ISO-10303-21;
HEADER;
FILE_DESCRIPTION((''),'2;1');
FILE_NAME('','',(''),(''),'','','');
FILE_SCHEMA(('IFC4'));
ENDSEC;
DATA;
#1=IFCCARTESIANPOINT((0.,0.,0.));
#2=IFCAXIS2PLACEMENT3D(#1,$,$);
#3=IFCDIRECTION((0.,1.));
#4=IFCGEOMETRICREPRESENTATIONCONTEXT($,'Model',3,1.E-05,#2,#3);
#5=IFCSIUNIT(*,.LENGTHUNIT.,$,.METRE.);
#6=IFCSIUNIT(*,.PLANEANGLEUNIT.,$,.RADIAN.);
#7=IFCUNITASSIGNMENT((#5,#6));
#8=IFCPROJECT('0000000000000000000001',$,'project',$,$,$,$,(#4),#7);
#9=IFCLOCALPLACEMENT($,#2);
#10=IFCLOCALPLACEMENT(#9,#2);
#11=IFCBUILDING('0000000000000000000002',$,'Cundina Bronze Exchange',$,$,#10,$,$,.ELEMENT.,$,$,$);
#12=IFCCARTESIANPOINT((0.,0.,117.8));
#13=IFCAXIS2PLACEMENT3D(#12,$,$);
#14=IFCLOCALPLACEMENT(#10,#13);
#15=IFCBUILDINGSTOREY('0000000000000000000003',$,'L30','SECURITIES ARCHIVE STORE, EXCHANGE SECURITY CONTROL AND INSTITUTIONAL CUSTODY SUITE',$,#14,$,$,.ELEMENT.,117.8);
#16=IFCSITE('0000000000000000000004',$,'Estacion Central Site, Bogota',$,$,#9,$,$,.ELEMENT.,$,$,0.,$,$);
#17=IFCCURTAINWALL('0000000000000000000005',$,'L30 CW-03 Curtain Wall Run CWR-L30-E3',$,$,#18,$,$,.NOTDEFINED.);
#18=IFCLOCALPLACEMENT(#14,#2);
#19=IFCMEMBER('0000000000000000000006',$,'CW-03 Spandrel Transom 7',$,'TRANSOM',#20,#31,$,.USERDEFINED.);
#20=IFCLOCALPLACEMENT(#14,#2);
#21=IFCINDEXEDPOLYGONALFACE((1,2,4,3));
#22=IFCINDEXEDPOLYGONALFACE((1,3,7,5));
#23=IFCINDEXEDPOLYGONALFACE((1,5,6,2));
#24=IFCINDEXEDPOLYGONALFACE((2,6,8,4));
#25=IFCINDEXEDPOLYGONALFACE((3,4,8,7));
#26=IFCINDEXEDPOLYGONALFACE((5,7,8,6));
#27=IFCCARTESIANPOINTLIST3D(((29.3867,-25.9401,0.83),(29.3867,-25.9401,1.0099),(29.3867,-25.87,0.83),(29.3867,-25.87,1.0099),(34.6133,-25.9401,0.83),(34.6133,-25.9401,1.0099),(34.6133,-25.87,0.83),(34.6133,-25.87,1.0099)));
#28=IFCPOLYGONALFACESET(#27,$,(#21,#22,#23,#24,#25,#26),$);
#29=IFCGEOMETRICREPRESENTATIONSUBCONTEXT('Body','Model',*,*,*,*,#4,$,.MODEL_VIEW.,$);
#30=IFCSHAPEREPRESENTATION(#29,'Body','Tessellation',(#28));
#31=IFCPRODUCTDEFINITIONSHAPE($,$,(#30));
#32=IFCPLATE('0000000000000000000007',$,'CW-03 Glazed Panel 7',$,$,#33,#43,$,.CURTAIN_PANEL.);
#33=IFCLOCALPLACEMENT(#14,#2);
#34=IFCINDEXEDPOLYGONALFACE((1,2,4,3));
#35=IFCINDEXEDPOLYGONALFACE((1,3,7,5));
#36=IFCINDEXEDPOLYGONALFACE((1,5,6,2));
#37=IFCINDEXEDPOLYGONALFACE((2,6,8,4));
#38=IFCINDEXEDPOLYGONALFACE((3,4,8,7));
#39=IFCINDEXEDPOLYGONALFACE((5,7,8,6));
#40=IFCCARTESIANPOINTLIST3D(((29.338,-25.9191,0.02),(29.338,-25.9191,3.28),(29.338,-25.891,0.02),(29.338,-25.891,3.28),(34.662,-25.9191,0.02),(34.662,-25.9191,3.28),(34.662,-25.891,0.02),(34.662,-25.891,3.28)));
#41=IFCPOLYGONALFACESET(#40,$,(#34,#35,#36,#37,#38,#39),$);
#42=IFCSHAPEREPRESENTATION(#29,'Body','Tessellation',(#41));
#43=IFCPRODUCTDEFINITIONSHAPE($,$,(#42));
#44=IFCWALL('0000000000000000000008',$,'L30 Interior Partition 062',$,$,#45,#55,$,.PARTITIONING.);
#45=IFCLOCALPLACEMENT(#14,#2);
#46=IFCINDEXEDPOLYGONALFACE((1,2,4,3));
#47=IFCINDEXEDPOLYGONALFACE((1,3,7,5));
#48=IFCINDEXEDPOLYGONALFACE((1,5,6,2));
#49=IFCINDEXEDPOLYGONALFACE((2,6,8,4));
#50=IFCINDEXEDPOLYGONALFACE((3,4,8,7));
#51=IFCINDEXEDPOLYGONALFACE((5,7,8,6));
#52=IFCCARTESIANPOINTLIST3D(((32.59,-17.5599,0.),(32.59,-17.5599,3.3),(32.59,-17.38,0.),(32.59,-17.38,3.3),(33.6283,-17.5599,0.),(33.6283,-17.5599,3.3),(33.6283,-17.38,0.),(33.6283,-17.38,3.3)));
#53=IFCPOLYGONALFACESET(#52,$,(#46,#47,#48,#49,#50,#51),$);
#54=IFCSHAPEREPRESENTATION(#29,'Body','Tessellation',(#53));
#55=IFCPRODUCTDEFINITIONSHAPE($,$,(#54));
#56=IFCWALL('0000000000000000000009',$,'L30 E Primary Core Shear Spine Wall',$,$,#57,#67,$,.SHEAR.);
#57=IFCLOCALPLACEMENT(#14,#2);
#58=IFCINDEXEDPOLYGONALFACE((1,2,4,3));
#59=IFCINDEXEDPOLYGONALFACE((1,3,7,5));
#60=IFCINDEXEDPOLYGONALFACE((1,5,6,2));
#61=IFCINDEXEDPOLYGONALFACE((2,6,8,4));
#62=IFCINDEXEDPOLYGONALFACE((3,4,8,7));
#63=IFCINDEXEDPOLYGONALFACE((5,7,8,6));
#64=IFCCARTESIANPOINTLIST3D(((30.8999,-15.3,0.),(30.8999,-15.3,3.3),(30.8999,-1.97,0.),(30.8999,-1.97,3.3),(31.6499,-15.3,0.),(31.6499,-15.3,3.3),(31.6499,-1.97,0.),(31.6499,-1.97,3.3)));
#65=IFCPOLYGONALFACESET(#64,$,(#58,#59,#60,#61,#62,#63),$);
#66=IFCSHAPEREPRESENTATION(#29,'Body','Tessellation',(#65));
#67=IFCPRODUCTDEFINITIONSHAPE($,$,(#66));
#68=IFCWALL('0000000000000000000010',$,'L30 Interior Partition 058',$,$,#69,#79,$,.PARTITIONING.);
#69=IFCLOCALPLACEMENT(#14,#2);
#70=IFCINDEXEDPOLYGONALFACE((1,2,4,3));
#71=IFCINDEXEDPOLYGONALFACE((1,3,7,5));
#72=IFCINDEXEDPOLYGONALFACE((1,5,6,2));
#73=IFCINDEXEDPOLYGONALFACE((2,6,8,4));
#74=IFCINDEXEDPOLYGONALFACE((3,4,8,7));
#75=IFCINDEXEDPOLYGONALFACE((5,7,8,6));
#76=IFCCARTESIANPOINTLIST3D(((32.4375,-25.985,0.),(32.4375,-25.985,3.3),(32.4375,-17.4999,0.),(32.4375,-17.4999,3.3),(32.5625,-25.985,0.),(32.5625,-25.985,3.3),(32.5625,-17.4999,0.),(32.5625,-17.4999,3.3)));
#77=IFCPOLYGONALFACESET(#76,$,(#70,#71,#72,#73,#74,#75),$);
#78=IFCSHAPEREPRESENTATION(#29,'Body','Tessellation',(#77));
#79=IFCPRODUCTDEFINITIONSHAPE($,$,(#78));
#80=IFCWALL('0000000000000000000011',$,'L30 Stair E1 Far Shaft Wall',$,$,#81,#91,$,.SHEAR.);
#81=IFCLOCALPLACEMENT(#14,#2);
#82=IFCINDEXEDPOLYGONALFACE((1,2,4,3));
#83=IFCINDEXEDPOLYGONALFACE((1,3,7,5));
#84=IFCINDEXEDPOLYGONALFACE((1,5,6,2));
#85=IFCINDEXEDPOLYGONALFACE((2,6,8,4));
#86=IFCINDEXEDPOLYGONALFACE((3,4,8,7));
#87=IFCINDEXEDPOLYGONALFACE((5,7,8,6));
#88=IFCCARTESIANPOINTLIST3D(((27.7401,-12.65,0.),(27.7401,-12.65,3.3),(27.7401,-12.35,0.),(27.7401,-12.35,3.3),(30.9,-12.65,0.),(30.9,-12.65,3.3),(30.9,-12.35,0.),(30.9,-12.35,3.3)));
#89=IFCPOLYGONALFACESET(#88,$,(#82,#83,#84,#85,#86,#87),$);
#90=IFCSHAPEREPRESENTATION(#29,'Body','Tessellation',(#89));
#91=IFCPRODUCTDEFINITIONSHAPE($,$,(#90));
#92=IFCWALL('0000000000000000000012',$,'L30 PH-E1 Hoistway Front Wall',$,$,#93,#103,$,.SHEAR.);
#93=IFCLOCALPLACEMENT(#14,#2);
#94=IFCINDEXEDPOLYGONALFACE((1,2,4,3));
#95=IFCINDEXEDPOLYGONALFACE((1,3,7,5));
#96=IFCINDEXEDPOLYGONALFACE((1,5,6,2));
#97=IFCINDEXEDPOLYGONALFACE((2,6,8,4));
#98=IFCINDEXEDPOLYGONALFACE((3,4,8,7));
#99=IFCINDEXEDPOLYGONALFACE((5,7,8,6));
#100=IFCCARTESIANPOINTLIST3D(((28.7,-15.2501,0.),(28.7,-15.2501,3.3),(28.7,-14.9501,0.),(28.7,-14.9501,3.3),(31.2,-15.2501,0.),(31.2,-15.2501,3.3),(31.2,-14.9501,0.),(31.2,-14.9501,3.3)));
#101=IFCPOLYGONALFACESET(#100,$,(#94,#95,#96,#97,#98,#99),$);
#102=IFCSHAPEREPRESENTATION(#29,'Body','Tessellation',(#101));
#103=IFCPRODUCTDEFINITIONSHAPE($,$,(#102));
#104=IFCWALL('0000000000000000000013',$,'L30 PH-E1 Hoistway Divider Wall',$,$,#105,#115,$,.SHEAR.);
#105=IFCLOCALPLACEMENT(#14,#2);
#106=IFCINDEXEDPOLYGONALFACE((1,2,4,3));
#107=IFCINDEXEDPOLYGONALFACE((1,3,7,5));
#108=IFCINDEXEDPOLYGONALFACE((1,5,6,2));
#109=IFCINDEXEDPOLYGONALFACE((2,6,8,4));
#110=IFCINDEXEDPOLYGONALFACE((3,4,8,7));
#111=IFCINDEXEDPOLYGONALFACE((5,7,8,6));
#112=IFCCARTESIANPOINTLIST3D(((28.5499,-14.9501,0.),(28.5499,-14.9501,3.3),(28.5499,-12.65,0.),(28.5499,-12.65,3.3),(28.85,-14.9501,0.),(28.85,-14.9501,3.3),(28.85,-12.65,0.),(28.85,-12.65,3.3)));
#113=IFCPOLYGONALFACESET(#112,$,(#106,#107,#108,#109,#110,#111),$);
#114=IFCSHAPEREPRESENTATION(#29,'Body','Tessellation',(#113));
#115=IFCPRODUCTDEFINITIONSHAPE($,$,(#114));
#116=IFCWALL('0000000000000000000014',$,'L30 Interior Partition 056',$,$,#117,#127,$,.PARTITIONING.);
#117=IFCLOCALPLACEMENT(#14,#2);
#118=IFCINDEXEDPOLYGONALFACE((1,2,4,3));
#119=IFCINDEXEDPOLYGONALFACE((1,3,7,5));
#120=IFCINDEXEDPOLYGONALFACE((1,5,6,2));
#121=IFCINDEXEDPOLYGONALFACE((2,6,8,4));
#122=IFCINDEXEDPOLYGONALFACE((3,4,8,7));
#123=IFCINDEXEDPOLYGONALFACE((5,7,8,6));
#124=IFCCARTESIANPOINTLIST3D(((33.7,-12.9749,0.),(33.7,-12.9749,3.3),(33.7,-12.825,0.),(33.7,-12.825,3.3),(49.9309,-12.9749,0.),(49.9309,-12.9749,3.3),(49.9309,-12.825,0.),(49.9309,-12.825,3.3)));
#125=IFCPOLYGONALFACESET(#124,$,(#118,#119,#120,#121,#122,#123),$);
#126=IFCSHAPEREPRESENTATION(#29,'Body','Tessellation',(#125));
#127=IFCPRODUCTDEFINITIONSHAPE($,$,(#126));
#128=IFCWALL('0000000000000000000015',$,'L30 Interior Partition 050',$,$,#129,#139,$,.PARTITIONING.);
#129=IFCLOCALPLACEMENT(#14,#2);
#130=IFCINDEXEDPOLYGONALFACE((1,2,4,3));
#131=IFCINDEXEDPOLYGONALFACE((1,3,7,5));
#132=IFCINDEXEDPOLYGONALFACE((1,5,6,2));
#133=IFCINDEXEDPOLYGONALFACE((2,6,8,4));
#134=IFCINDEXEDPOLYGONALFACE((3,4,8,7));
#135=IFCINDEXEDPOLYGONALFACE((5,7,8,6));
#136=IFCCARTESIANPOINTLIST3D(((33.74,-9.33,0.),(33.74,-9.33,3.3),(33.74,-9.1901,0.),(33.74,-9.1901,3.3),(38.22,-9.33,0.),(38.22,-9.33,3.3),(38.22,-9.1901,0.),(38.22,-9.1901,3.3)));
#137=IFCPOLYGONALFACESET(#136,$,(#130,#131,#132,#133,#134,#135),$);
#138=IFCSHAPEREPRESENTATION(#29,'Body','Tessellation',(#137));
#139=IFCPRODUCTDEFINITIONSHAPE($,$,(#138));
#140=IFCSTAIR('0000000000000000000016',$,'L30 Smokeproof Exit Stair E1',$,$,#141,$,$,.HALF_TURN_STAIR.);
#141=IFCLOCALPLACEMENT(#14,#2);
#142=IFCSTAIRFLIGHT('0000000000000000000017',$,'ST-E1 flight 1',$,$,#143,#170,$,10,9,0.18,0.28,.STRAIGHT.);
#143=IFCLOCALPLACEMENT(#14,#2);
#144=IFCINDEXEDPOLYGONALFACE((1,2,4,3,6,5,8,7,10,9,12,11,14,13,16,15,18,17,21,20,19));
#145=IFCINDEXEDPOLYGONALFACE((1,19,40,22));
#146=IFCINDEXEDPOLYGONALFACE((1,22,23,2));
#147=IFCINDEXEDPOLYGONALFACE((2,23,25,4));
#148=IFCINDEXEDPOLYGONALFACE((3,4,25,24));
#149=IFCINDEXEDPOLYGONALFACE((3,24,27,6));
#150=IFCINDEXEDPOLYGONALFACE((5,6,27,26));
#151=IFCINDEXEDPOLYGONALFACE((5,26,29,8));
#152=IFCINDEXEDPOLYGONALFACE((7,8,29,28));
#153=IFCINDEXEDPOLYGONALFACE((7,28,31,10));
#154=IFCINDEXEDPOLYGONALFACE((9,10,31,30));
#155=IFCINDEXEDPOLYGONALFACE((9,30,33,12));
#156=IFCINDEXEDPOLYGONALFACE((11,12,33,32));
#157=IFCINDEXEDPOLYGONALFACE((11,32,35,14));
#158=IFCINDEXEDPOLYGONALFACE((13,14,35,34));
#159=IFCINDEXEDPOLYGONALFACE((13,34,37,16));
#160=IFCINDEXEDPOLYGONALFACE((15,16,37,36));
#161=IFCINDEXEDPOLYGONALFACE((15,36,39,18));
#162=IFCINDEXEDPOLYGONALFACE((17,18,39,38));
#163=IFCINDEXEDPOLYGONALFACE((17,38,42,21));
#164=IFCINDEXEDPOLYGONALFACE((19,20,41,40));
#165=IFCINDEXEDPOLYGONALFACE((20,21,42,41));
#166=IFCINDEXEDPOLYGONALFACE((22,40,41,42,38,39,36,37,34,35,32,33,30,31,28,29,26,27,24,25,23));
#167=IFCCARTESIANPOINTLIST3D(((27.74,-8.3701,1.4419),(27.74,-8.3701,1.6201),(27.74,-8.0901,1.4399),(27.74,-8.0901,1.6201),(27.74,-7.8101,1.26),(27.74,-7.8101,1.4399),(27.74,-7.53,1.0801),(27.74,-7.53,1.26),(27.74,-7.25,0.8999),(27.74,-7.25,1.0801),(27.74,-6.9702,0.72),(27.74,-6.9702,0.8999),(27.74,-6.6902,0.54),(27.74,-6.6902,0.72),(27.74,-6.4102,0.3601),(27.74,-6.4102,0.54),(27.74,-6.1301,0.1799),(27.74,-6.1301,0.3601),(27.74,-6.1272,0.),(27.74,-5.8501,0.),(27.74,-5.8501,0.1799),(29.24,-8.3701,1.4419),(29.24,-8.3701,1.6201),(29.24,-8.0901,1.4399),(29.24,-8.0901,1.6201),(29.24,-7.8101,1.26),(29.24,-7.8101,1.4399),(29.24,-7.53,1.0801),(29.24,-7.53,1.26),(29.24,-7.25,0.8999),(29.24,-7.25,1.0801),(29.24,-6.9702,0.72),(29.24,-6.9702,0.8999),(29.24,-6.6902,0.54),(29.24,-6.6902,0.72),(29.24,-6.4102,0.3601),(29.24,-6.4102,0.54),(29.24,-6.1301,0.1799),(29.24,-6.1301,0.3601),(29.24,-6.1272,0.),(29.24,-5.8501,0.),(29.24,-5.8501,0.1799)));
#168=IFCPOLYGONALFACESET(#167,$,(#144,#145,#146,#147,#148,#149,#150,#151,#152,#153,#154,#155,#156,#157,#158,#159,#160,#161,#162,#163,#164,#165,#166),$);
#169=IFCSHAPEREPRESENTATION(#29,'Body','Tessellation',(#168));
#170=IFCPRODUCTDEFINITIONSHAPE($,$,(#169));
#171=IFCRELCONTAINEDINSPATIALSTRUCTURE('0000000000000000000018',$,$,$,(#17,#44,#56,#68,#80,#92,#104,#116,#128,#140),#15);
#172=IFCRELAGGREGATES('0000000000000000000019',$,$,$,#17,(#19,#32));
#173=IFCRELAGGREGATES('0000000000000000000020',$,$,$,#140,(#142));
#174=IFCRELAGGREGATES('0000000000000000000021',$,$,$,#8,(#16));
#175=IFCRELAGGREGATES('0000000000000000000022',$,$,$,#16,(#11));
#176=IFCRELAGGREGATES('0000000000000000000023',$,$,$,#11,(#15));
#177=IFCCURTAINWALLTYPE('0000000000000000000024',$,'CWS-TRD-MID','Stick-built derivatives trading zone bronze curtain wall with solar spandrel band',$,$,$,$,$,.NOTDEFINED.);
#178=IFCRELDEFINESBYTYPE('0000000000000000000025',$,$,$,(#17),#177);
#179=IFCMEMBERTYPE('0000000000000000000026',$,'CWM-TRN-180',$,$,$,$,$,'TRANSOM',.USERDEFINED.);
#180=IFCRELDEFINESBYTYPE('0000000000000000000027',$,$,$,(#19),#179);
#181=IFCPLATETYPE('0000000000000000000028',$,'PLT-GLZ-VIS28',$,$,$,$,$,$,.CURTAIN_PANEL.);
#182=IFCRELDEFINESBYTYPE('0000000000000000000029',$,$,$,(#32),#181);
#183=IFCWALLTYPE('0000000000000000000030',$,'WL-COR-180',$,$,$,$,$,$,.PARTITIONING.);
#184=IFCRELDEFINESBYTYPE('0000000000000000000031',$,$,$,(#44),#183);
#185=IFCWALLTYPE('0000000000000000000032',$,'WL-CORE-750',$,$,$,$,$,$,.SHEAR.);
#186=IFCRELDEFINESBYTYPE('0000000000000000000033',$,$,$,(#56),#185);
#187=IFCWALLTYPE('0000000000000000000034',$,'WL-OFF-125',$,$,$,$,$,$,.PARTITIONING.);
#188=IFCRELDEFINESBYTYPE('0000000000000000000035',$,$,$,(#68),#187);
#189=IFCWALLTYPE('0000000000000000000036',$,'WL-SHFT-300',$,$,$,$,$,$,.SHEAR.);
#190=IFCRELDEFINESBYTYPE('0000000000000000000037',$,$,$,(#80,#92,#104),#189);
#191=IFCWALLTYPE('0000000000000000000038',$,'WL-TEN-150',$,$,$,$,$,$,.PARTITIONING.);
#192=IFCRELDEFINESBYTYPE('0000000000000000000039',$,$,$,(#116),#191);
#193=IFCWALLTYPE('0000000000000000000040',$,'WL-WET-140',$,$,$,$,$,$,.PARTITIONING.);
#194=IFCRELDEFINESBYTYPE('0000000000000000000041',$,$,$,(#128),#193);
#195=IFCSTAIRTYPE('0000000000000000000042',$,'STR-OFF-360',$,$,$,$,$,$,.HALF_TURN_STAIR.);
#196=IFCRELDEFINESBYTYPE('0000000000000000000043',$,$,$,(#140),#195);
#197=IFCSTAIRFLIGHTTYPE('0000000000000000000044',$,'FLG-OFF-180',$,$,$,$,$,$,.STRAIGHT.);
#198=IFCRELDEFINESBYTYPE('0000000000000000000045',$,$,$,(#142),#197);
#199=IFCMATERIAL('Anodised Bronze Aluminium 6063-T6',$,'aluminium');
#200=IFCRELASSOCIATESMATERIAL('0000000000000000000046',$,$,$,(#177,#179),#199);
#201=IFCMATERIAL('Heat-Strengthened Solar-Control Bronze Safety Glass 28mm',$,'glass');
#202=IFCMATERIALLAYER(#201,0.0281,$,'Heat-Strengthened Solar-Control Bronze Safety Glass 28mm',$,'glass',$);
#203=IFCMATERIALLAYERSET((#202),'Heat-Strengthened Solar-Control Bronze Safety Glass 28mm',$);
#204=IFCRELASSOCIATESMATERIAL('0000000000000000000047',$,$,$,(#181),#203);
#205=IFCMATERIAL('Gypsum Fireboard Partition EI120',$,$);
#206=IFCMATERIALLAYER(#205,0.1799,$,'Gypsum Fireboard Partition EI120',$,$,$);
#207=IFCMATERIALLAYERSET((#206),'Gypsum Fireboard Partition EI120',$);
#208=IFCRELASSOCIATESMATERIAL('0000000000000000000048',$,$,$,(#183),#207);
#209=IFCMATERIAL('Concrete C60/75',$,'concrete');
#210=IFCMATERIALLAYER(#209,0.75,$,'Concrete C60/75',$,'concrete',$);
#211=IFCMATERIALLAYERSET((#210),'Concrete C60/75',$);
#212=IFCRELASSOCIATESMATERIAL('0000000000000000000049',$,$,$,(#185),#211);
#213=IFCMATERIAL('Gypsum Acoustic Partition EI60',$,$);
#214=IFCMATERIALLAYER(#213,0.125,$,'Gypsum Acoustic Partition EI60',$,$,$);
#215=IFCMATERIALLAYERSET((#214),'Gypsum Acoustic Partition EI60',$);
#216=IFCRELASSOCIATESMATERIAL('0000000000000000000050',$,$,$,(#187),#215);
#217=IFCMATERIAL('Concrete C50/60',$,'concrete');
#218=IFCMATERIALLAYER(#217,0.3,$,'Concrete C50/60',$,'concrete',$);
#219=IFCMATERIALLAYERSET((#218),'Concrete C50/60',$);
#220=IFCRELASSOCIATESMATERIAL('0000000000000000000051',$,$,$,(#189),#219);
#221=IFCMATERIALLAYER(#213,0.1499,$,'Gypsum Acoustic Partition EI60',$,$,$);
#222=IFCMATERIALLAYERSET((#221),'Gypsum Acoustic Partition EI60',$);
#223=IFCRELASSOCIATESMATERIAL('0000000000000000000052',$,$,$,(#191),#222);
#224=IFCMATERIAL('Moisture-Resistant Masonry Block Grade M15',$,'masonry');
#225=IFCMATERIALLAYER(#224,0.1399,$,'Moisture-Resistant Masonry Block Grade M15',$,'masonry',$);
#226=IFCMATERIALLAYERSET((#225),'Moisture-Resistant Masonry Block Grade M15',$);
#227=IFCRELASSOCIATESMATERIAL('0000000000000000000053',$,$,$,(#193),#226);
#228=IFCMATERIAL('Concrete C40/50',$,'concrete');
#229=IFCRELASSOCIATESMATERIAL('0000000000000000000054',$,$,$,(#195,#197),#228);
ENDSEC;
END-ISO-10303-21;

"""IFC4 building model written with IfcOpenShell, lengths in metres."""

from ifc_helpers import new_model, si_unit, direction, frame, frame_2d, origin, origin_2d, place, context, subcontext, project, spatial, polyline, rectangle, outline, extrude, material, layer, layer_set, material_profile, profile_set, type_object, element, aggregate, save


model = new_model("IFC4")

# Units and contexts
model_context = context("Model", 3, precision=1e-05, world=origin(), true_north=direction((0.0, 1.0)))
body_context = subcontext(model_context, "Body", "Model", "MODEL_VIEW")
ifc_project = project(units=[si_unit("LENGTHUNIT", "METRE"), si_unit("PLANEANGLEUNIT", "RADIAN")], contexts=[model_context])

# Site, building, storey
site_placement = place(None, origin())
site = spatial("IfcSite", under=ifc_project, at=site_placement, Name="Estacion Central Site, Bogota", CompositionType="ELEMENT", RefElevation=0.0)
building_placement = place(site_placement, origin())
building = spatial("IfcBuilding", under=site, at=building_placement, Name="Cundina Bronze Exchange", CompositionType="ELEMENT")
storey_placement = place(building_placement, frame((0.0, 0.0, 117.8)))
storey = spatial("IfcBuildingStorey", under=building, at=storey_placement, Name="L30", Description="SECURITIES ARCHIVE STORE, EXCHANGE SECURITY CONTROL AND INSTITUTIONAL CUSTODY SUITE", CompositionType="ELEMENT", Elevation=117.8)

# Shared definitions
ifc_material_1 = material(Name="Concrete C60/75", Category="concrete")

# Curtain wall
ifc_material_2 = material(Name="Anodised Bronze Aluminium 6063-T6", Category="aluminium")
curtain_wall_type = type_object("IfcCurtainWallType", Name="CWS-TRD-MID", Description="Stick-built derivatives trading zone bronze curtain wall with solar spandrel band", PredefinedType="NOTDEFINED", material=ifc_material_2)
curtain_wall_1_placement = place(storey_placement, origin())
curtain_wall_1 = element("IfcCurtainWall", 1, at=curtain_wall_1_placement, inside=storey, type_object=curtain_wall_type, Name="L30 CW-03 Curtain Wall Run CWR-L30-E3", PredefinedType="NOTDEFINED")

# Member
ifc_material_profile_1 = material_profile(ifc_material_2, rectangle(XDim=0.0701, YDim=0.1799, at=origin_2d()), Name="AL70X180", Category="aluminium")
ifc_profile_set_1 = profile_set([ifc_material_profile_1], Name="Anodised Bronze Aluminium 6063-T6")
member_type_1 = type_object("IfcMemberType", Name="CWM-TRN-180", ElementType="TRANSOM", PredefinedType="USERDEFINED", material=ifc_profile_set_1)
member_1_placement = place(storey_placement, frame((29.3867, -25.905, 0.9199), z_axis=(1.0, 0.0, 0.0), x_axis=(0.0, 1.0, 0.0)))
member_1 = element("IfcMember", 2, at=member_1_placement, type_object=member_type_1, Name="CW-03 Spandrel Transom 7", ObjectType="TRANSOM", PredefinedType="USERDEFINED", context=body_context, shape_type="SweptSolid", body=[
    extrude(rectangle(XDim=0.0701, YDim=0.1799, at=origin_2d()), origin(), (0.0, 0.0, 1.0), 5.2266),
])

# Plate
ifc_material_3 = material(Name="Heat-Strengthened Solar-Control Bronze Safety Glass 28mm", Category="glass")
ifc_layer_1 = layer(ifc_material_3, 0.0281, Name="Heat-Strengthened Solar-Control Bronze Safety Glass 28mm", Category="glass")
ifc_layer_set_1 = layer_set([ifc_layer_1], Name="Heat-Strengthened Solar-Control Bronze Safety Glass 28mm")
plate_type = type_object("IfcPlateType", Name="PLT-GLZ-VIS28", PredefinedType="CURTAIN_PANEL", material=ifc_layer_set_1)
plate_placement = place(storey_placement, frame((32.0, -25.905, 0.02), z_axis=(0.0, 0.0, 1.0), x_axis=(1.0, 0.0, 0.0)))
plate = element("IfcPlate", 3, at=plate_placement, type_object=plate_type, Name="CW-03 Glazed Panel 7", PredefinedType="CURTAIN_PANEL", context=body_context, shape_type="SweptSolid", body=[
    extrude(rectangle(XDim=5.324, YDim=0.0281, at=origin_2d()), origin(), (0.0, 0.0, 1.0), 3.26),
])
aggregate(curtain_wall_1, [member_1, plate])

# Shared definitions
ifc_material_4 = material(Name="Gypsum Fireboard Partition EI120")
ifc_layer_2 = layer(ifc_material_4, 0.1799, Name="Gypsum Fireboard Partition EI120")
ifc_layer_set_2 = layer_set([ifc_layer_2], Name="Gypsum Fireboard Partition EI120")
wall_type_1 = type_object("IfcWallType", Name="WL-COR-180", PredefinedType="PARTITIONING", material=ifc_layer_set_2)

# Wall
wall_1_placement = place(storey_placement, frame((32.5901, -17.47, 0.0), z_axis=(0.0, 0.0, 1.0), x_axis=(1.0, 0.0, 0.0)))
element("IfcWall", 4, at=wall_1_placement, inside=storey, type_object=wall_type_1, Name="L30 Interior Partition 062", PredefinedType="PARTITIONING", context=body_context, shape_type="SweptSolid", body=[
    extrude(rectangle(XDim=1.0383, YDim=0.1799, at=frame_2d((0.519, 0.0))), origin(), (0.0, 0.0, 1.0), 3.3),
])

# Walls
ifc_layer_3 = layer(ifc_material_1, 0.75, Name="Concrete C60/75", Category="concrete")
ifc_layer_set_3 = layer_set([ifc_layer_3], Name="Concrete C60/75")
wall_type_2 = type_object("IfcWallType", Name="WL-CORE-750", PredefinedType="SHEAR", material=ifc_layer_set_3)
wall_2_placement = place(storey_placement, frame((31.2749, -15.3, 0.0), z_axis=(0.0, 0.0, 1.0), x_axis=(0.0, 1.0, 0.0)))
element("IfcWall", 5, at=wall_2_placement, inside=storey, type_object=wall_type_2, Name="L30 E Primary Core Shear Spine Wall", PredefinedType="SHEAR", context=body_context, shape_type="SweptSolid", body=[
    extrude(rectangle(XDim=13.3301, YDim=0.75, at=frame_2d((6.665, 0.0))), origin(), (0.0, 0.0, 1.0), 3.3),
])
ifc_material_5 = material(Name="Gypsum Acoustic Partition EI60")
ifc_layer_4 = layer(ifc_material_5, 0.125, Name="Gypsum Acoustic Partition EI60")
ifc_layer_set_4 = layer_set([ifc_layer_4], Name="Gypsum Acoustic Partition EI60")
wall_type_3 = type_object("IfcWallType", Name="WL-OFF-125", PredefinedType="PARTITIONING", material=ifc_layer_set_4)
wall_3_placement = place(storey_placement, frame((32.5, -25.9851, 0.0), z_axis=(0.0, 0.0, 1.0), x_axis=(0.0, 1.0, 0.0)))
element("IfcWall", 6, at=wall_3_placement, inside=storey, type_object=wall_type_3, Name="L30 Interior Partition 058", PredefinedType="PARTITIONING", context=body_context, shape_type="SweptSolid", body=[
    extrude(rectangle(XDim=8.4851, YDim=0.125, at=frame_2d((4.2427, 0.0))), origin(), (0.0, 0.0, 1.0), 3.3),
])
ifc_material_6 = material(Name="Concrete C50/60", Category="concrete")
ifc_layer_5 = layer(ifc_material_6, 0.3, Name="Concrete C50/60", Category="concrete")
ifc_layer_set_5 = layer_set([ifc_layer_5], Name="Concrete C50/60")
wall_type_4 = type_object("IfcWallType", Name="WL-SHFT-300", PredefinedType="SHEAR", material=ifc_layer_set_5)
wall_4_placement = place(storey_placement, frame((27.74, -12.5, 0.0), z_axis=(0.0, 0.0, 1.0), x_axis=(1.0, 0.0, 0.0)))
element("IfcWall", 7, at=wall_4_placement, inside=storey, type_object=wall_type_4, Name="L30 Stair E1 Far Shaft Wall", PredefinedType="SHEAR", context=body_context, shape_type="SweptSolid", body=[
    extrude(rectangle(XDim=3.1599, YDim=0.3, at=frame_2d((1.5801, 0.0))), origin(), (0.0, 0.0, 1.0), 3.3),
])
wall_5_placement = place(storey_placement, frame((28.7, -15.1001, 0.0), z_axis=(0.0, 0.0, 1.0), x_axis=(1.0, 0.0, 0.0)))
element("IfcWall", 8, at=wall_5_placement, inside=storey, type_object=wall_type_4, Name="L30 PH-E1 Hoistway Front Wall", PredefinedType="SHEAR", context=body_context, shape_type="SweptSolid", body=[
    extrude(rectangle(XDim=2.5, YDim=0.3, at=frame_2d((1.25, 0.0))), origin(), (0.0, 0.0, 1.0), 3.3),
])
wall_6_placement = place(storey_placement, frame((28.7, -14.95, 0.0), z_axis=(0.0, 0.0, 1.0), x_axis=(0.0, 1.0, 0.0)))
element("IfcWall", 9, at=wall_6_placement, inside=storey, type_object=wall_type_4, Name="L30 PH-E1 Hoistway Divider Wall", PredefinedType="SHEAR", context=body_context, shape_type="SweptSolid", body=[
    extrude(rectangle(XDim=2.3, YDim=0.3, at=frame_2d((1.1499, 0.0))), origin(), (0.0, 0.0, 1.0), 3.3),
])
ifc_layer_6 = layer(ifc_material_5, 0.1499, Name="Gypsum Acoustic Partition EI60")
ifc_layer_set_6 = layer_set([ifc_layer_6], Name="Gypsum Acoustic Partition EI60")
wall_type_5 = type_object("IfcWallType", Name="WL-TEN-150", PredefinedType="PARTITIONING", material=ifc_layer_set_6)
wall_7_placement = place(storey_placement, frame((33.7, -12.8999, 0.0), z_axis=(0.0, 0.0, 1.0), x_axis=(1.0, 0.0, 0.0)))
element("IfcWall", 10, at=wall_7_placement, inside=storey, type_object=wall_type_5, Name="L30 Interior Partition 056", PredefinedType="PARTITIONING", context=body_context, shape_type="SweptSolid", body=[
    extrude(rectangle(XDim=16.231, YDim=0.1499, at=frame_2d((8.1155, 0.0))), origin(), (0.0, 0.0, 1.0), 3.3),
])
ifc_material_7 = material(Name="Moisture-Resistant Masonry Block Grade M15", Category="masonry")
ifc_layer_7 = layer(ifc_material_7, 0.1399, Name="Moisture-Resistant Masonry Block Grade M15", Category="masonry")
ifc_layer_set_7 = layer_set([ifc_layer_7], Name="Moisture-Resistant Masonry Block Grade M15")
wall_type_6 = type_object("IfcWallType", Name="WL-WET-140", PredefinedType="PARTITIONING", material=ifc_layer_set_7)
wall_8_placement = place(storey_placement, frame((33.74, -9.26, 0.0), z_axis=(0.0, 0.0, 1.0), x_axis=(1.0, 0.0, 0.0)))
element("IfcWall", 11, at=wall_8_placement, inside=storey, type_object=wall_type_6, Name="L30 Interior Partition 050", PredefinedType="PARTITIONING", context=body_context, shape_type="SweptSolid", body=[
    extrude(rectangle(XDim=4.48, YDim=0.1399, at=frame_2d((2.24, 0.0))), origin(), (0.0, 0.0, 1.0), 3.3),
])

# Stair, stair flight
ifc_material_8 = material(Name="Concrete C40/50", Category="concrete")
stair_type = type_object("IfcStairType", Name="STR-OFF-360", PredefinedType="HALF_TURN_STAIR", material=ifc_material_8)
stair_placement = place(storey_placement, origin())
stair = element("IfcStair", 12, at=stair_placement, inside=storey, type_object=stair_type, Name="L30 Smokeproof Exit Stair E1", PredefinedType="HALF_TURN_STAIR")
stair_flight_type = type_object("IfcStairFlightType", Name="FLG-OFF-180", PredefinedType="STRAIGHT", material=ifc_material_8)
stair_flight_1_placement = place(storey_placement, frame((28.49, -5.8501, 0.0), z_axis=(0.0, 0.0, 1.0), x_axis=(0.0, -1.0, 0.0)))
stair_flight_1 = element("IfcStairFlight", 13, at=stair_flight_1_placement, type_object=stair_flight_type, Name="ST-E1 flight 1", NumberOfRisers=10, NumberOfTreads=9, PredefinedType="STRAIGHT", RiserHeight=0.18, TreadLength=0.28, context=body_context, shape_type="SweptSolid", body=[
    extrude(outline(polyline([(0.0, 0.0), (0.0, 0.1799), (0.28, 0.1799), (0.28, 0.3601), (0.5601, 0.3601), (0.5601, 0.54), (0.8401, 0.54), (0.8401, 0.72), (1.1201, 0.72), (1.1201, 0.8999), (1.3999, 0.8999), (1.3999, 1.0801), (1.6799, 1.0801), (1.6799, 1.26), (1.96, 1.26), (1.96, 1.4399), (2.24, 1.4399), (2.24, 1.6201), (2.52, 1.6201), (2.52, 1.8), (2.52, 1.4419), (0.2771, 0.0), (0.0, 0.0)])), frame((0.0, 0.75, 0.0), z_axis=(0.0, -1.0, 0.0), x_axis=(1.0, 0.0, 0.0)), (0.0, 0.0, 1.0), 1.5),
])
aggregate(stair, [stair_flight_1])

save(model, "model.ifc")
